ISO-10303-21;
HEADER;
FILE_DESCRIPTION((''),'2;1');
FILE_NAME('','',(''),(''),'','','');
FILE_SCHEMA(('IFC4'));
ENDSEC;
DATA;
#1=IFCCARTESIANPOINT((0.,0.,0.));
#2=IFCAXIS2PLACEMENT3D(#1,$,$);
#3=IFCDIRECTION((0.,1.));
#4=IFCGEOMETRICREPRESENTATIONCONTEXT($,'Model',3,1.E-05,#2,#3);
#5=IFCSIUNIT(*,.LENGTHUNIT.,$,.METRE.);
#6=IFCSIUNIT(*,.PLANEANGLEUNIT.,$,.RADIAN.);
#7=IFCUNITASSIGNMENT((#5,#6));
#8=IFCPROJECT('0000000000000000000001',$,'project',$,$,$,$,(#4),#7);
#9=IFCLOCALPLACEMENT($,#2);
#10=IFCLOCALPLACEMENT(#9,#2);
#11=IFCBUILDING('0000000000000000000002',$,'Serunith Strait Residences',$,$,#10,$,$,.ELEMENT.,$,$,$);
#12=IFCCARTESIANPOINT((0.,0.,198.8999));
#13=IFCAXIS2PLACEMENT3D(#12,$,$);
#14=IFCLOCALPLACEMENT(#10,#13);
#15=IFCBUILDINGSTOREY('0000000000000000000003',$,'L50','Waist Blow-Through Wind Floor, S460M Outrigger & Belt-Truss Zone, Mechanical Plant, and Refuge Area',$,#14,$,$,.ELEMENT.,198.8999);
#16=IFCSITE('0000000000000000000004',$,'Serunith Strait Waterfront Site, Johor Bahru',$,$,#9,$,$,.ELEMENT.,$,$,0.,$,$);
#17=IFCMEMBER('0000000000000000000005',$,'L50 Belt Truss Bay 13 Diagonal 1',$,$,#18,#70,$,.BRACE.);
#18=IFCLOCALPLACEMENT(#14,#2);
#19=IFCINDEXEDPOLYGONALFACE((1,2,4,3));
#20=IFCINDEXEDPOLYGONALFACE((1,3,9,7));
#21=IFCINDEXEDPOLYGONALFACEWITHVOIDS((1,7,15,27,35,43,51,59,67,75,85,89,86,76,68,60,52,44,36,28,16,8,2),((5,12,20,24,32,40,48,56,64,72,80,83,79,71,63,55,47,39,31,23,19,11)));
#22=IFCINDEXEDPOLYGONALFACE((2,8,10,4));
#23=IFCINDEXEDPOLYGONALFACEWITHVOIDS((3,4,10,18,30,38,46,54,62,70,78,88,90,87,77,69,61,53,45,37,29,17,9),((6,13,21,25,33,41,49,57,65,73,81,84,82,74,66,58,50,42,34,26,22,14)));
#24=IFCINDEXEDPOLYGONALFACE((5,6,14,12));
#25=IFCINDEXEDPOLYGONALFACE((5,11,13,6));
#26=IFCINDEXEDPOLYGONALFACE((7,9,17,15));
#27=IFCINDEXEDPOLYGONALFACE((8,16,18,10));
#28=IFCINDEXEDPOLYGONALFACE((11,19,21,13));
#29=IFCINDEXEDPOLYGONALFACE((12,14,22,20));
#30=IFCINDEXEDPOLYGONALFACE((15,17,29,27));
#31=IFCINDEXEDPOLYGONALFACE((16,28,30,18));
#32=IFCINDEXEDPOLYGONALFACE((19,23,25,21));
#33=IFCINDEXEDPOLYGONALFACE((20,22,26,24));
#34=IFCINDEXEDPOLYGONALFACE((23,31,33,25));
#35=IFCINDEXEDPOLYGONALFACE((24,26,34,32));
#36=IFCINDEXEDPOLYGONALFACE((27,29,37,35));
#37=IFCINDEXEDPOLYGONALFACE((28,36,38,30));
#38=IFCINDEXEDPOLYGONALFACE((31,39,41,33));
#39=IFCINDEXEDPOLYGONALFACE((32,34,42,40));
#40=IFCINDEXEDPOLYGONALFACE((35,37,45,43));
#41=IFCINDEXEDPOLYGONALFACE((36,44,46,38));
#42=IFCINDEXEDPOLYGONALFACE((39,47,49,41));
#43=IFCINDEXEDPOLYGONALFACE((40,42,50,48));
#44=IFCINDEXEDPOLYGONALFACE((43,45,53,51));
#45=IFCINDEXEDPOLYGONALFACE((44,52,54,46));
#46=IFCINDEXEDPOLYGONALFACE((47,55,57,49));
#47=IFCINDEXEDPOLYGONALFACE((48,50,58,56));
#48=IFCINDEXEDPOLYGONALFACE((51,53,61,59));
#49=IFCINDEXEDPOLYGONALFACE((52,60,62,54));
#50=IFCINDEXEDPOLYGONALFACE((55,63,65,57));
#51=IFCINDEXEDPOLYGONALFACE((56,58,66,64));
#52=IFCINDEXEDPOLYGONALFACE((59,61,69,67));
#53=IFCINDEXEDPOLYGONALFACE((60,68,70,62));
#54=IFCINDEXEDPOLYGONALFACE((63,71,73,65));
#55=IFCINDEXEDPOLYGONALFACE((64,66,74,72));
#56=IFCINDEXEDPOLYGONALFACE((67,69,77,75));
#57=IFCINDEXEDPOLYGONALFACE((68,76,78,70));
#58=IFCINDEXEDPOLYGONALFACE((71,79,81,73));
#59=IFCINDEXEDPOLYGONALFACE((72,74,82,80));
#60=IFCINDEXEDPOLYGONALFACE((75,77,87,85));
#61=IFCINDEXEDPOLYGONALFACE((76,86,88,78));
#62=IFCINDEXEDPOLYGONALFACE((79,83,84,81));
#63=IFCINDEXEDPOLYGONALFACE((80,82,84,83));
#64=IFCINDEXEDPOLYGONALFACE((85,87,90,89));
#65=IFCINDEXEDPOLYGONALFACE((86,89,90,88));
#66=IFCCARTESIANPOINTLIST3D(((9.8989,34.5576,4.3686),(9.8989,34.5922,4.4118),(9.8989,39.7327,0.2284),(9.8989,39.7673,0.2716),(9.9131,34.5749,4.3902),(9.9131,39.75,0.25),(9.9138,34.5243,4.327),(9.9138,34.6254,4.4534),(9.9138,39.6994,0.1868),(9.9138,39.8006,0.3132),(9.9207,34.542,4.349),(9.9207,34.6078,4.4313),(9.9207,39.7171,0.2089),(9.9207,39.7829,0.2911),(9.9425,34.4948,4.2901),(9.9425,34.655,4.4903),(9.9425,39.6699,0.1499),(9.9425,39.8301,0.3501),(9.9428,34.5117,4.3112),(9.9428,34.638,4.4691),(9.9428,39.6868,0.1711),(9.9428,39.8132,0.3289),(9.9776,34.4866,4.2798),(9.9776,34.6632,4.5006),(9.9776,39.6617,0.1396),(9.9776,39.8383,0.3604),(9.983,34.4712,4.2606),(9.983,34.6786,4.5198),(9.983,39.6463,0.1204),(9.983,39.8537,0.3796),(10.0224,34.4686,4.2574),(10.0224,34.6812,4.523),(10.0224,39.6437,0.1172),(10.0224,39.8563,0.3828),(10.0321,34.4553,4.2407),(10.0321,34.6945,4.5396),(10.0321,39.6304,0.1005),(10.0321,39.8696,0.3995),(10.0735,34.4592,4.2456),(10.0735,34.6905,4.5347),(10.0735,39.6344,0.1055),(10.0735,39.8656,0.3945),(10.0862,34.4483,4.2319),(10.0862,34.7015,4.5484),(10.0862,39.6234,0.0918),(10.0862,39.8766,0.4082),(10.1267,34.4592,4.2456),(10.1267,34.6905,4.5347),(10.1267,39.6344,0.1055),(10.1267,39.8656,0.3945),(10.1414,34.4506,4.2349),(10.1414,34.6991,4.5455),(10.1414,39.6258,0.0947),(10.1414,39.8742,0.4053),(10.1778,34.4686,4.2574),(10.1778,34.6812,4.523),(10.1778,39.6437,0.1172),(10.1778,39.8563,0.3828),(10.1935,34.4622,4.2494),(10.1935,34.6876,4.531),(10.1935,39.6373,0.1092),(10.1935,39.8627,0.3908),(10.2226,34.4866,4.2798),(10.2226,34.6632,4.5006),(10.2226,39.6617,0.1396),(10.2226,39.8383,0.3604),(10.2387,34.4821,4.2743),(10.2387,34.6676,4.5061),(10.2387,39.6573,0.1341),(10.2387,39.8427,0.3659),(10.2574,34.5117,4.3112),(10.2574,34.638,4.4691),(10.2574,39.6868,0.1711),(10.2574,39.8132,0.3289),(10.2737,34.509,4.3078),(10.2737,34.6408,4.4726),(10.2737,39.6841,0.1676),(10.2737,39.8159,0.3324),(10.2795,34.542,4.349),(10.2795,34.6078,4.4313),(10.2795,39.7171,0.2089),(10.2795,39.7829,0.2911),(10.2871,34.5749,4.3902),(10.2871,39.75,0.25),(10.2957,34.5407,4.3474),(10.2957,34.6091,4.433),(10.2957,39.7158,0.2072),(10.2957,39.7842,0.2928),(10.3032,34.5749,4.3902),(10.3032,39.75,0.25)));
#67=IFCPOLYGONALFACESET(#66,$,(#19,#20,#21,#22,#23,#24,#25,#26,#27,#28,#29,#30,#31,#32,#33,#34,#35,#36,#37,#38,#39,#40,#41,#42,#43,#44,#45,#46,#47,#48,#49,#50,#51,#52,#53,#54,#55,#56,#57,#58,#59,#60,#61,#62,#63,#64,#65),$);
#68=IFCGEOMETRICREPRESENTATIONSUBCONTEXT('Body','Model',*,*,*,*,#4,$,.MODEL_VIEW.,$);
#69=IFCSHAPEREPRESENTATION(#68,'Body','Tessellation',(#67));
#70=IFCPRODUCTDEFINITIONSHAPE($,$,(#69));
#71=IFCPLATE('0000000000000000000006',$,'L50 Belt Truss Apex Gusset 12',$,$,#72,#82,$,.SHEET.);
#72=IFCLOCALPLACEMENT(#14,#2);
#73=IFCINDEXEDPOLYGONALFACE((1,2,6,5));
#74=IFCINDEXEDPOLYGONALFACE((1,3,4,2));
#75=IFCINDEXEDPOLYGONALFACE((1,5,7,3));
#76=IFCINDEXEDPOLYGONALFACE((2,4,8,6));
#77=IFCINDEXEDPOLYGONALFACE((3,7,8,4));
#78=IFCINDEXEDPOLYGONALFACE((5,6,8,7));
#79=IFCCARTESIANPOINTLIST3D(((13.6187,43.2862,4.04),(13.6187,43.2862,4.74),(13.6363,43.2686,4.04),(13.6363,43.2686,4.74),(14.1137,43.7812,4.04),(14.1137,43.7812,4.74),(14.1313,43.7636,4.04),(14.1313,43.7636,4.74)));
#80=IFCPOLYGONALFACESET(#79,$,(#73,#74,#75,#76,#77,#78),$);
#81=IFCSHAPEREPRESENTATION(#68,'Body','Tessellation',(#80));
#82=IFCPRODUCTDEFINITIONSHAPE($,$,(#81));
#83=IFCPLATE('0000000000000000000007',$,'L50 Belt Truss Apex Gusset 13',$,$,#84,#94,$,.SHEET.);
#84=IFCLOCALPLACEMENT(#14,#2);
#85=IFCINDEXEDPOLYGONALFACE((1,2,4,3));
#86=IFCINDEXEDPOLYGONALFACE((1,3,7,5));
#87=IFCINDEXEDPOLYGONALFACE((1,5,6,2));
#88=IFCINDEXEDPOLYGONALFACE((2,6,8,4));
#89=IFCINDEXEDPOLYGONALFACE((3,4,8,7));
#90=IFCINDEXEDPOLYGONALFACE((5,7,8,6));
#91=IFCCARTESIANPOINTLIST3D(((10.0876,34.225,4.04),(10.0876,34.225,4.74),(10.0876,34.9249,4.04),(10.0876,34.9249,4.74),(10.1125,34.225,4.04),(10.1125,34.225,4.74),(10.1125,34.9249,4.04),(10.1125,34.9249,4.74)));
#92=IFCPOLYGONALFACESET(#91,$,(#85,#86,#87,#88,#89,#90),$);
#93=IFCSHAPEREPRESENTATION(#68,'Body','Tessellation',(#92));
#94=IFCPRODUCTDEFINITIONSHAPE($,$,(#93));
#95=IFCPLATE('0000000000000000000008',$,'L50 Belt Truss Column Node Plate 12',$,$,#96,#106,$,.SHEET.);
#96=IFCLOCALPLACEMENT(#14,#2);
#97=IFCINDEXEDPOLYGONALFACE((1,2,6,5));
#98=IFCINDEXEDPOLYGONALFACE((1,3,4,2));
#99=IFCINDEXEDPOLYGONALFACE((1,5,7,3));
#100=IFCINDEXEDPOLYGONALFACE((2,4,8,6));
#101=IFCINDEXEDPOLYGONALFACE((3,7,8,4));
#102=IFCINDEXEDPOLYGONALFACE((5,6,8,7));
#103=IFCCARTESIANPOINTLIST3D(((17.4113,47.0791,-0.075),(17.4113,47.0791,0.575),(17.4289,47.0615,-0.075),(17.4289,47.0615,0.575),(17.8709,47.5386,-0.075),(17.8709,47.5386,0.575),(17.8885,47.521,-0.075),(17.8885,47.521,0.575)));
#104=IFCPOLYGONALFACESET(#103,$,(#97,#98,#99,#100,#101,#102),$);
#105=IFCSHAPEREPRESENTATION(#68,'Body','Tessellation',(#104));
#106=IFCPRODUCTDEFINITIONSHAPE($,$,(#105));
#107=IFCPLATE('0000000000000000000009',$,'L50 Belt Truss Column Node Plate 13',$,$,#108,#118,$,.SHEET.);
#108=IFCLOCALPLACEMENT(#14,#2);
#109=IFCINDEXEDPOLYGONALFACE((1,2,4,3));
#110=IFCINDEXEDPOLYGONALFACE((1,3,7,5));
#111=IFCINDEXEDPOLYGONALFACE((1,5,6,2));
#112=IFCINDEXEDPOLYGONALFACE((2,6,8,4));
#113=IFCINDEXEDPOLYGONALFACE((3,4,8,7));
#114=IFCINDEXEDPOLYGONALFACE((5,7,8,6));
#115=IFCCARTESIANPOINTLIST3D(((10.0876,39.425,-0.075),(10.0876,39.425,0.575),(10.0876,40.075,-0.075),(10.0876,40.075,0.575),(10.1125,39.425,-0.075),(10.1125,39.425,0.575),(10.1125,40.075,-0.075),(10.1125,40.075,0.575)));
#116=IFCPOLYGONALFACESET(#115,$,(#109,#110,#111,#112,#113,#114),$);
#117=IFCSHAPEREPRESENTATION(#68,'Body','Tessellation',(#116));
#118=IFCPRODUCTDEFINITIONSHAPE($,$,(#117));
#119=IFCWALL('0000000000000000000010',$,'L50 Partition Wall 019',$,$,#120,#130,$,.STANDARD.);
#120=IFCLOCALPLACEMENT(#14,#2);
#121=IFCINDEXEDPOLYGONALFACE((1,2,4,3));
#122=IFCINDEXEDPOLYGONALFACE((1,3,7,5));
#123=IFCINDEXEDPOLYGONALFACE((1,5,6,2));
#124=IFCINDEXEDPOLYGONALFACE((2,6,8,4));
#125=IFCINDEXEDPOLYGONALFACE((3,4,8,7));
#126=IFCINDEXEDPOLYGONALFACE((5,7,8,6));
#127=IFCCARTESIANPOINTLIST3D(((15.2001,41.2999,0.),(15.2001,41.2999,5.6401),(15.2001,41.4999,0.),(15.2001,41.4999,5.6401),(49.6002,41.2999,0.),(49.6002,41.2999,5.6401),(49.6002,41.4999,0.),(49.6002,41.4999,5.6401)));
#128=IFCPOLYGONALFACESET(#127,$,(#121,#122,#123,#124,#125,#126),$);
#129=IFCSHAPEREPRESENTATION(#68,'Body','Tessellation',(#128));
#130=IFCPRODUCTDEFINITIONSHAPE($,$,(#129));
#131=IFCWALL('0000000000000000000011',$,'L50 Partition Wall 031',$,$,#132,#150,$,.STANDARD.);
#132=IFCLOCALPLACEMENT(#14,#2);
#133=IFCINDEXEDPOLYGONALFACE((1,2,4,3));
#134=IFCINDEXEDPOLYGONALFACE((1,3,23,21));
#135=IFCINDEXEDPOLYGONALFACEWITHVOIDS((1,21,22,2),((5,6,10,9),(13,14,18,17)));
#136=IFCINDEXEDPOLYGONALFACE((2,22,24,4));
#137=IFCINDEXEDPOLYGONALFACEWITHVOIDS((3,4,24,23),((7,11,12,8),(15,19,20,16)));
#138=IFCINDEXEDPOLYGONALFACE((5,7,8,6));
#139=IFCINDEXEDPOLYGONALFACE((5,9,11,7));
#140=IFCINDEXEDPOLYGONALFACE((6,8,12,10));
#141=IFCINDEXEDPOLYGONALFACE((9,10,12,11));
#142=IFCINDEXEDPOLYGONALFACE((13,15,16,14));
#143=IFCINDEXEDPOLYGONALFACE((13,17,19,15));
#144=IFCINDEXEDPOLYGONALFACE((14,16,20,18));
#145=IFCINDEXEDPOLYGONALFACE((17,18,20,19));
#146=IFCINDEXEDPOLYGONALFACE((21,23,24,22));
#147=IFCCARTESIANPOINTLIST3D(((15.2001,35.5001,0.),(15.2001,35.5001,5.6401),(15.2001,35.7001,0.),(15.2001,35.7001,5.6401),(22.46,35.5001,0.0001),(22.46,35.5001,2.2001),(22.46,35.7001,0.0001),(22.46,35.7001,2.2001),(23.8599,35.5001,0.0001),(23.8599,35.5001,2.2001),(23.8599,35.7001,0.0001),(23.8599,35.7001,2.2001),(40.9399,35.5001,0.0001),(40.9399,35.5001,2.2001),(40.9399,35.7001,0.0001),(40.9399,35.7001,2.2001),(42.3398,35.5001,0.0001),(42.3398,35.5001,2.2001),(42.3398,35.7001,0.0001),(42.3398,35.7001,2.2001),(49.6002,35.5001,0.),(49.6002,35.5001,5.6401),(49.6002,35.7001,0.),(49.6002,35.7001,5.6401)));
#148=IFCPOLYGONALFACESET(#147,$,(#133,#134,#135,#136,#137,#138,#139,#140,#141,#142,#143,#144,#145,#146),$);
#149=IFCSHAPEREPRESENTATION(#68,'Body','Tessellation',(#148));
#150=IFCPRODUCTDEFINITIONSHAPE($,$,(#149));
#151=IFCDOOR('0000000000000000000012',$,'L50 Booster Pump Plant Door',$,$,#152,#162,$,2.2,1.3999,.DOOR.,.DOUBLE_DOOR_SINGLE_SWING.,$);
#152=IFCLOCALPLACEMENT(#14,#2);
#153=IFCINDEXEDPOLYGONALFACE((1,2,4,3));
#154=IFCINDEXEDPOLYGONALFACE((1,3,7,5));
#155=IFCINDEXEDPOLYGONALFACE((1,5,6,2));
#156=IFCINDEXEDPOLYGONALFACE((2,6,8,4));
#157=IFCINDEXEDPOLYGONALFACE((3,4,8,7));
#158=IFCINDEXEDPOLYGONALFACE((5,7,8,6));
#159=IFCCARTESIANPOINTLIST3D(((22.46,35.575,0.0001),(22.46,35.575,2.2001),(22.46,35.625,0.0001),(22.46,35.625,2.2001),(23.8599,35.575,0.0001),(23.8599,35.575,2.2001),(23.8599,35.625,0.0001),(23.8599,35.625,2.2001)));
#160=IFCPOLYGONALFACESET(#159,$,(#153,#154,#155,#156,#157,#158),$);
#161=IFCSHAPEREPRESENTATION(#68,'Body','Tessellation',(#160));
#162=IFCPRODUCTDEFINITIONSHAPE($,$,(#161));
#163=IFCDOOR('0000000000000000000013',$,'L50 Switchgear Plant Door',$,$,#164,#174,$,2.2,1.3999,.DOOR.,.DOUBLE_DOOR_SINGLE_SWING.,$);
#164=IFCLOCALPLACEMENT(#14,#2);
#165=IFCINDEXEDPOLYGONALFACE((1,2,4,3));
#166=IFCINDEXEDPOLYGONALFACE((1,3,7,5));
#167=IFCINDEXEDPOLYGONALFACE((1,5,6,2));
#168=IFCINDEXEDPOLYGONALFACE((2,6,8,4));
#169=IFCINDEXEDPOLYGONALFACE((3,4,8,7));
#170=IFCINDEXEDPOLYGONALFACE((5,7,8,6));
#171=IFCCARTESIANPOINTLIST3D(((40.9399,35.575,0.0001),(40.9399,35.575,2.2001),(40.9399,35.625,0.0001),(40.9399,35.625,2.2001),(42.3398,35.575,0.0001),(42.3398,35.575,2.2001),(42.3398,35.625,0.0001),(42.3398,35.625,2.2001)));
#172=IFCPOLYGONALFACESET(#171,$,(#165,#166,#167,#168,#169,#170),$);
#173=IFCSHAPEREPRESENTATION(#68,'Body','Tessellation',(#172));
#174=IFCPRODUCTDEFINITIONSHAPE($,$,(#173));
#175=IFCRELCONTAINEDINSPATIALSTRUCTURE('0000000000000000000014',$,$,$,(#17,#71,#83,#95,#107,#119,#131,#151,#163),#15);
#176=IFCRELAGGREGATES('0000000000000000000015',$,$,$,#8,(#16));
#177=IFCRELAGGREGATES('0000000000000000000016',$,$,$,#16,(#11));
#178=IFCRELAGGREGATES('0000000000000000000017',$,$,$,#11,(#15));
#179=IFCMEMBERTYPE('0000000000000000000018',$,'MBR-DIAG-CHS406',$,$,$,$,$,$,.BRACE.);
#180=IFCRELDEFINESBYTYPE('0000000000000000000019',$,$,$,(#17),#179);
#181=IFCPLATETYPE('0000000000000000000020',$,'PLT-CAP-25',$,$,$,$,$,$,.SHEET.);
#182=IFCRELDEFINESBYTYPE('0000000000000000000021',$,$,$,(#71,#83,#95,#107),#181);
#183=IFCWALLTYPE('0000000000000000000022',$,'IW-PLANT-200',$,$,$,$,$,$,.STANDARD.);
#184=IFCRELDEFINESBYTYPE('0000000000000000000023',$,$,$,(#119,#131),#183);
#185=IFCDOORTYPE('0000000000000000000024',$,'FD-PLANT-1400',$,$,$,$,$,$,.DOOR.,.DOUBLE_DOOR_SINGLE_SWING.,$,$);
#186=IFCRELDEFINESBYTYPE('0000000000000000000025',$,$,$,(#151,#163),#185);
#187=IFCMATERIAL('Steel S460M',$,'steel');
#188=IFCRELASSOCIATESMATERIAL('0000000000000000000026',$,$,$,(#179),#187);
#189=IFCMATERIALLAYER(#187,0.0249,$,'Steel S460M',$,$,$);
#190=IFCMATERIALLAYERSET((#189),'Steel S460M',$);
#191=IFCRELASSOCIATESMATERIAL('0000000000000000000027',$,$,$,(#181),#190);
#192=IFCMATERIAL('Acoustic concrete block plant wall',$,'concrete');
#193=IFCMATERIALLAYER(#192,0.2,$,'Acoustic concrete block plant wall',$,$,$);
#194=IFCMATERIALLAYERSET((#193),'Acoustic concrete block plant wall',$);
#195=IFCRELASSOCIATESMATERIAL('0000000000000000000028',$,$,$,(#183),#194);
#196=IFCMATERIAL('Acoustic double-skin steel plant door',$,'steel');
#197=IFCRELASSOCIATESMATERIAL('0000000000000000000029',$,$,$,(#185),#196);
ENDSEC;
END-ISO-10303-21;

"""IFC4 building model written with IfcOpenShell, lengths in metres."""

from ifc_helpers import new_model, si_unit, direction, frame, frame_2d, origin, origin_2d, place, context, subcontext, project, spatial, rectangle, hollow_circle, extrude, source, transform, mapped, material, layer, layer_set, material_profile, profile_set, type_object, element, fill, save


model = new_model("IFC4")

# Units and contexts
model_context = context("Model", 3, precision=1e-05, world=origin(), true_north=direction((0.0, 1.0)))
body_context = subcontext(model_context, "Body", "Model", "MODEL_VIEW")
ifc_project = project(units=[si_unit("LENGTHUNIT", "METRE"), si_unit("PLANEANGLEUNIT", "RADIAN")], contexts=[model_context])

# Site, building, storey
site_placement = place(None, origin())
site = spatial("IfcSite", under=ifc_project, at=site_placement, Name="Serunith Strait Waterfront Site, Johor Bahru", CompositionType="ELEMENT", RefElevation=0.0)
building_placement = place(site_placement, origin())
building = spatial("IfcBuilding", under=site, at=building_placement, Name="Serunith Strait Residences", CompositionType="ELEMENT")
storey_placement = place(building_placement, frame((0.0, 0.0, 198.8999)))
storey = spatial("IfcBuildingStorey", under=building, at=storey_placement, Name="L50", Description="Waist Blow-Through Wind Floor, S460M Outrigger & Belt-Truss Zone, Mechanical Plant, and Refuge Area", CompositionType="ELEMENT", Elevation=198.8999)

# Member
ifc_material_1 = material(Name="Steel S460M", Category="steel")
ifc_material_profile_1 = material_profile(ifc_material_1, hollow_circle(Radius=0.2031, WallThickness=0.0161, at=origin_2d()), Name="CHS 406.4x16")
ifc_profile_set_1 = profile_set([ifc_material_profile_1], Name="Steel S460M")
member_type_1 = type_object("IfcMemberType", Name="MBR-DIAG-CHS406", PredefinedType="BRACE", material=ifc_profile_set_1)
shared_shape_1 = source(origin(), body_context, "Body", "SweptSolid", [
    extrude(hollow_circle(Radius=0.2031, WallThickness=0.0161, at=origin_2d()), origin(), (0.0, 0.0, 1.0), 6.6274),
])
member_1_placement = place(storey_placement, frame((10.1001, 39.75, 0.25), z_axis=(0.0, -0.780862, 0.624704), x_axis=(1.0, 0.0, 0.0)))
element("IfcMember", 1, at=member_1_placement, inside=storey, type_object=member_type_1, Name="L50 Belt Truss Bay 13 Diagonal 1", PredefinedType="BRACE", context=body_context, shape_type="MappedRepresentation", body=[
    mapped(shared_shape_1, transform((0.0, 0.0, 0.0), scale=1.0)),
])

# Plates
ifc_layer_1 = layer(ifc_material_1, 0.0249, Name="Steel S460M")
ifc_layer_set_1 = layer_set([ifc_layer_1], Name="Steel S460M")
plate_type = type_object("IfcPlateType", Name="PLT-CAP-25", PredefinedType="SHEET", material=ifc_layer_set_1)
shared_shape_2 = source(origin(), body_context, "Body", "SweptSolid", [
    extrude(rectangle(XDim=0.7, YDim=0.0249, at=origin_2d()), origin(), (0.0, 0.0, 1.0), 0.7),
])
for number, where, z_axis, x_axis, name in (
    (2, (13.875, 43.5249, 4.04), (0.0, 0.0, 1.0), (-0.707107, -0.707107, 0.0), "L50 Belt Truss Apex Gusset 12"),
    (3, (10.1001, 34.575, 4.04), (0.0, 0.0, 1.0), (0.0, -1.0, 0.0), "L50 Belt Truss Apex Gusset 13"),
):
    element("IfcPlate", number, at=place(storey_placement, frame(where, z_axis=z_axis, x_axis=x_axis)), inside=storey, type_object=plate_type, Name=name, PredefinedType="SHEET", context=body_context, shape_type="MappedRepresentation", body=[
        mapped(shared_shape_2, transform((0.0, 0.0, 0.0), scale=1.0)),
    ])
shared_shape_3 = source(origin(), body_context, "Body", "SweptSolid", [
    extrude(rectangle(XDim=0.6499, YDim=0.0249, at=origin_2d()), origin(), (0.0, 0.0, 1.0), 0.6499),
])
for number, where, z_axis, x_axis, name in (
    (4, (17.6499, 47.3, -0.075), (0.0, 0.0, 1.0), (-0.707107, -0.707107, 0.0), "L50 Belt Truss Column Node Plate 12"),
    (5, (10.1001, 39.75, -0.075), (0.0, 0.0, 1.0), (0.0, -1.0, 0.0), "L50 Belt Truss Column Node Plate 13"),
):
    element("IfcPlate", number, at=place(storey_placement, frame(where, z_axis=z_axis, x_axis=x_axis)), inside=storey, type_object=plate_type, Name=name, PredefinedType="SHEET", context=body_context, shape_type="MappedRepresentation", body=[
        mapped(shared_shape_3, transform((0.0, 0.0, 0.0), scale=1.0)),
    ])

# Wall
ifc_material_2 = material(Name="Acoustic concrete block plant wall", Category="concrete")
ifc_layer_2 = layer(ifc_material_2, 0.2, Name="Acoustic concrete block plant wall")
ifc_layer_set_2 = layer_set([ifc_layer_2], Name="Acoustic concrete block plant wall")
wall_type = type_object("IfcWallType", Name="IW-PLANT-200", PredefinedType="STANDARD", material=ifc_layer_set_2)
wall_1_placement = place(storey_placement, frame((15.2, 41.3999, 0.0), z_axis=(0.0, 0.0, 1.0), x_axis=(1.0, 0.0, 0.0)))
element("IfcWall", 6, at=wall_1_placement, inside=storey, type_object=wall_type, Name="L50 Partition Wall 019", PredefinedType="STANDARD", context=body_context, shape_type="SweptSolid", body=[
    extrude(rectangle(XDim=34.4001, YDim=0.2, at=frame_2d((17.2002, 0.0))), origin(), (0.0, 0.0, 1.0), 5.6401),
])

# Wall, openings, doors
wall_2_placement = place(storey_placement, frame((15.2, 35.6001, 0.0), z_axis=(0.0, 0.0, 1.0), x_axis=(1.0, 0.0, 0.0)))
wall_2 = element("IfcWall", 7, at=wall_2_placement, inside=storey, type_object=wall_type, Name="L50 Partition Wall 031", PredefinedType="STANDARD", context=body_context, shape_type="SweptSolid", body=[
    extrude(rectangle(XDim=34.4001, YDim=0.2, at=frame_2d((17.2002, 0.0))), origin(), (0.0, 0.0, 1.0), 5.6401),
])
opening_1_placement = place(wall_2_placement, frame((7.26, 0.0, 0.0)))
opening_1 = element("IfcOpeningElement", 8, at=opening_1_placement, cuts=wall_2, PredefinedType="OPENING", context=body_context, shape_type="SweptSolid", body=[
    extrude(rectangle(XDim=1.3999, YDim=2.2, at=frame_2d((0.7, 1.1001))), frame((0.0, 0.1099, 0.0), z_axis=(0.0, -1.0, 0.0), x_axis=(1.0, 0.0, 0.0)), (0.0, 0.0, 1.0), 0.22),
])
opening_2_placement = place(wall_2_placement, frame((25.74, 0.0, 0.0)))
opening_2 = element("IfcOpeningElement", 9, at=opening_2_placement, cuts=wall_2, PredefinedType="OPENING", context=body_context, shape_type="SweptSolid", body=[
    extrude(rectangle(XDim=1.3999, YDim=2.2, at=frame_2d((0.7, 1.1001))), frame((0.0, 0.1099, 0.0), z_axis=(0.0, -1.0, 0.0), x_axis=(1.0, 0.0, 0.0)), (0.0, 0.0, 1.0), 0.22),
])
ifc_material_3 = material(Name="Acoustic double-skin steel plant door", Category="steel")
door_type = type_object("IfcDoorType", Name="FD-PLANT-1400", OperationType="DOUBLE_DOOR_SINGLE_SWING", PredefinedType="DOOR", material=ifc_material_3)
shared_shape_4 = source(origin(), body_context, "Body", "SweptSolid", [
    extrude(rectangle(XDim=1.3999, YDim=2.2, at=frame_2d((0.7, 1.1001))), frame((0.0, 0.0249, 0.0), z_axis=(0.0, -1.0, 0.0), x_axis=(1.0, 0.0, 0.0)), (0.0, 0.0, 1.0), 0.05),
])
door_1_placement = place(opening_1_placement, origin())
door_1 = element("IfcDoor", 10, at=door_1_placement, inside=storey, type_object=door_type, Name="L50 Booster Pump Plant Door", OperationType="DOUBLE_DOOR_SINGLE_SWING", OverallHeight=2.2, OverallWidth=1.3999, PredefinedType="DOOR", context=body_context, shape_type="MappedRepresentation", body=[
    mapped(shared_shape_4, transform((0.0, 0.0, 0.0), scale=1.0)),
])
fill(opening_1, door_1)
door_2_placement = place(opening_2_placement, origin())
door_2 = element("IfcDoor", 11, at=door_2_placement, inside=storey, type_object=door_type, Name="L50 Switchgear Plant Door", OperationType="DOUBLE_DOOR_SINGLE_SWING", OverallHeight=2.2, OverallWidth=1.3999, PredefinedType="DOOR", context=body_context, shape_type="MappedRepresentation", body=[
    mapped(shared_shape_4, transform((0.0, 0.0, 0.0), scale=1.0)),
])
fill(opening_2, door_2)

save(model, "model.ifc")
